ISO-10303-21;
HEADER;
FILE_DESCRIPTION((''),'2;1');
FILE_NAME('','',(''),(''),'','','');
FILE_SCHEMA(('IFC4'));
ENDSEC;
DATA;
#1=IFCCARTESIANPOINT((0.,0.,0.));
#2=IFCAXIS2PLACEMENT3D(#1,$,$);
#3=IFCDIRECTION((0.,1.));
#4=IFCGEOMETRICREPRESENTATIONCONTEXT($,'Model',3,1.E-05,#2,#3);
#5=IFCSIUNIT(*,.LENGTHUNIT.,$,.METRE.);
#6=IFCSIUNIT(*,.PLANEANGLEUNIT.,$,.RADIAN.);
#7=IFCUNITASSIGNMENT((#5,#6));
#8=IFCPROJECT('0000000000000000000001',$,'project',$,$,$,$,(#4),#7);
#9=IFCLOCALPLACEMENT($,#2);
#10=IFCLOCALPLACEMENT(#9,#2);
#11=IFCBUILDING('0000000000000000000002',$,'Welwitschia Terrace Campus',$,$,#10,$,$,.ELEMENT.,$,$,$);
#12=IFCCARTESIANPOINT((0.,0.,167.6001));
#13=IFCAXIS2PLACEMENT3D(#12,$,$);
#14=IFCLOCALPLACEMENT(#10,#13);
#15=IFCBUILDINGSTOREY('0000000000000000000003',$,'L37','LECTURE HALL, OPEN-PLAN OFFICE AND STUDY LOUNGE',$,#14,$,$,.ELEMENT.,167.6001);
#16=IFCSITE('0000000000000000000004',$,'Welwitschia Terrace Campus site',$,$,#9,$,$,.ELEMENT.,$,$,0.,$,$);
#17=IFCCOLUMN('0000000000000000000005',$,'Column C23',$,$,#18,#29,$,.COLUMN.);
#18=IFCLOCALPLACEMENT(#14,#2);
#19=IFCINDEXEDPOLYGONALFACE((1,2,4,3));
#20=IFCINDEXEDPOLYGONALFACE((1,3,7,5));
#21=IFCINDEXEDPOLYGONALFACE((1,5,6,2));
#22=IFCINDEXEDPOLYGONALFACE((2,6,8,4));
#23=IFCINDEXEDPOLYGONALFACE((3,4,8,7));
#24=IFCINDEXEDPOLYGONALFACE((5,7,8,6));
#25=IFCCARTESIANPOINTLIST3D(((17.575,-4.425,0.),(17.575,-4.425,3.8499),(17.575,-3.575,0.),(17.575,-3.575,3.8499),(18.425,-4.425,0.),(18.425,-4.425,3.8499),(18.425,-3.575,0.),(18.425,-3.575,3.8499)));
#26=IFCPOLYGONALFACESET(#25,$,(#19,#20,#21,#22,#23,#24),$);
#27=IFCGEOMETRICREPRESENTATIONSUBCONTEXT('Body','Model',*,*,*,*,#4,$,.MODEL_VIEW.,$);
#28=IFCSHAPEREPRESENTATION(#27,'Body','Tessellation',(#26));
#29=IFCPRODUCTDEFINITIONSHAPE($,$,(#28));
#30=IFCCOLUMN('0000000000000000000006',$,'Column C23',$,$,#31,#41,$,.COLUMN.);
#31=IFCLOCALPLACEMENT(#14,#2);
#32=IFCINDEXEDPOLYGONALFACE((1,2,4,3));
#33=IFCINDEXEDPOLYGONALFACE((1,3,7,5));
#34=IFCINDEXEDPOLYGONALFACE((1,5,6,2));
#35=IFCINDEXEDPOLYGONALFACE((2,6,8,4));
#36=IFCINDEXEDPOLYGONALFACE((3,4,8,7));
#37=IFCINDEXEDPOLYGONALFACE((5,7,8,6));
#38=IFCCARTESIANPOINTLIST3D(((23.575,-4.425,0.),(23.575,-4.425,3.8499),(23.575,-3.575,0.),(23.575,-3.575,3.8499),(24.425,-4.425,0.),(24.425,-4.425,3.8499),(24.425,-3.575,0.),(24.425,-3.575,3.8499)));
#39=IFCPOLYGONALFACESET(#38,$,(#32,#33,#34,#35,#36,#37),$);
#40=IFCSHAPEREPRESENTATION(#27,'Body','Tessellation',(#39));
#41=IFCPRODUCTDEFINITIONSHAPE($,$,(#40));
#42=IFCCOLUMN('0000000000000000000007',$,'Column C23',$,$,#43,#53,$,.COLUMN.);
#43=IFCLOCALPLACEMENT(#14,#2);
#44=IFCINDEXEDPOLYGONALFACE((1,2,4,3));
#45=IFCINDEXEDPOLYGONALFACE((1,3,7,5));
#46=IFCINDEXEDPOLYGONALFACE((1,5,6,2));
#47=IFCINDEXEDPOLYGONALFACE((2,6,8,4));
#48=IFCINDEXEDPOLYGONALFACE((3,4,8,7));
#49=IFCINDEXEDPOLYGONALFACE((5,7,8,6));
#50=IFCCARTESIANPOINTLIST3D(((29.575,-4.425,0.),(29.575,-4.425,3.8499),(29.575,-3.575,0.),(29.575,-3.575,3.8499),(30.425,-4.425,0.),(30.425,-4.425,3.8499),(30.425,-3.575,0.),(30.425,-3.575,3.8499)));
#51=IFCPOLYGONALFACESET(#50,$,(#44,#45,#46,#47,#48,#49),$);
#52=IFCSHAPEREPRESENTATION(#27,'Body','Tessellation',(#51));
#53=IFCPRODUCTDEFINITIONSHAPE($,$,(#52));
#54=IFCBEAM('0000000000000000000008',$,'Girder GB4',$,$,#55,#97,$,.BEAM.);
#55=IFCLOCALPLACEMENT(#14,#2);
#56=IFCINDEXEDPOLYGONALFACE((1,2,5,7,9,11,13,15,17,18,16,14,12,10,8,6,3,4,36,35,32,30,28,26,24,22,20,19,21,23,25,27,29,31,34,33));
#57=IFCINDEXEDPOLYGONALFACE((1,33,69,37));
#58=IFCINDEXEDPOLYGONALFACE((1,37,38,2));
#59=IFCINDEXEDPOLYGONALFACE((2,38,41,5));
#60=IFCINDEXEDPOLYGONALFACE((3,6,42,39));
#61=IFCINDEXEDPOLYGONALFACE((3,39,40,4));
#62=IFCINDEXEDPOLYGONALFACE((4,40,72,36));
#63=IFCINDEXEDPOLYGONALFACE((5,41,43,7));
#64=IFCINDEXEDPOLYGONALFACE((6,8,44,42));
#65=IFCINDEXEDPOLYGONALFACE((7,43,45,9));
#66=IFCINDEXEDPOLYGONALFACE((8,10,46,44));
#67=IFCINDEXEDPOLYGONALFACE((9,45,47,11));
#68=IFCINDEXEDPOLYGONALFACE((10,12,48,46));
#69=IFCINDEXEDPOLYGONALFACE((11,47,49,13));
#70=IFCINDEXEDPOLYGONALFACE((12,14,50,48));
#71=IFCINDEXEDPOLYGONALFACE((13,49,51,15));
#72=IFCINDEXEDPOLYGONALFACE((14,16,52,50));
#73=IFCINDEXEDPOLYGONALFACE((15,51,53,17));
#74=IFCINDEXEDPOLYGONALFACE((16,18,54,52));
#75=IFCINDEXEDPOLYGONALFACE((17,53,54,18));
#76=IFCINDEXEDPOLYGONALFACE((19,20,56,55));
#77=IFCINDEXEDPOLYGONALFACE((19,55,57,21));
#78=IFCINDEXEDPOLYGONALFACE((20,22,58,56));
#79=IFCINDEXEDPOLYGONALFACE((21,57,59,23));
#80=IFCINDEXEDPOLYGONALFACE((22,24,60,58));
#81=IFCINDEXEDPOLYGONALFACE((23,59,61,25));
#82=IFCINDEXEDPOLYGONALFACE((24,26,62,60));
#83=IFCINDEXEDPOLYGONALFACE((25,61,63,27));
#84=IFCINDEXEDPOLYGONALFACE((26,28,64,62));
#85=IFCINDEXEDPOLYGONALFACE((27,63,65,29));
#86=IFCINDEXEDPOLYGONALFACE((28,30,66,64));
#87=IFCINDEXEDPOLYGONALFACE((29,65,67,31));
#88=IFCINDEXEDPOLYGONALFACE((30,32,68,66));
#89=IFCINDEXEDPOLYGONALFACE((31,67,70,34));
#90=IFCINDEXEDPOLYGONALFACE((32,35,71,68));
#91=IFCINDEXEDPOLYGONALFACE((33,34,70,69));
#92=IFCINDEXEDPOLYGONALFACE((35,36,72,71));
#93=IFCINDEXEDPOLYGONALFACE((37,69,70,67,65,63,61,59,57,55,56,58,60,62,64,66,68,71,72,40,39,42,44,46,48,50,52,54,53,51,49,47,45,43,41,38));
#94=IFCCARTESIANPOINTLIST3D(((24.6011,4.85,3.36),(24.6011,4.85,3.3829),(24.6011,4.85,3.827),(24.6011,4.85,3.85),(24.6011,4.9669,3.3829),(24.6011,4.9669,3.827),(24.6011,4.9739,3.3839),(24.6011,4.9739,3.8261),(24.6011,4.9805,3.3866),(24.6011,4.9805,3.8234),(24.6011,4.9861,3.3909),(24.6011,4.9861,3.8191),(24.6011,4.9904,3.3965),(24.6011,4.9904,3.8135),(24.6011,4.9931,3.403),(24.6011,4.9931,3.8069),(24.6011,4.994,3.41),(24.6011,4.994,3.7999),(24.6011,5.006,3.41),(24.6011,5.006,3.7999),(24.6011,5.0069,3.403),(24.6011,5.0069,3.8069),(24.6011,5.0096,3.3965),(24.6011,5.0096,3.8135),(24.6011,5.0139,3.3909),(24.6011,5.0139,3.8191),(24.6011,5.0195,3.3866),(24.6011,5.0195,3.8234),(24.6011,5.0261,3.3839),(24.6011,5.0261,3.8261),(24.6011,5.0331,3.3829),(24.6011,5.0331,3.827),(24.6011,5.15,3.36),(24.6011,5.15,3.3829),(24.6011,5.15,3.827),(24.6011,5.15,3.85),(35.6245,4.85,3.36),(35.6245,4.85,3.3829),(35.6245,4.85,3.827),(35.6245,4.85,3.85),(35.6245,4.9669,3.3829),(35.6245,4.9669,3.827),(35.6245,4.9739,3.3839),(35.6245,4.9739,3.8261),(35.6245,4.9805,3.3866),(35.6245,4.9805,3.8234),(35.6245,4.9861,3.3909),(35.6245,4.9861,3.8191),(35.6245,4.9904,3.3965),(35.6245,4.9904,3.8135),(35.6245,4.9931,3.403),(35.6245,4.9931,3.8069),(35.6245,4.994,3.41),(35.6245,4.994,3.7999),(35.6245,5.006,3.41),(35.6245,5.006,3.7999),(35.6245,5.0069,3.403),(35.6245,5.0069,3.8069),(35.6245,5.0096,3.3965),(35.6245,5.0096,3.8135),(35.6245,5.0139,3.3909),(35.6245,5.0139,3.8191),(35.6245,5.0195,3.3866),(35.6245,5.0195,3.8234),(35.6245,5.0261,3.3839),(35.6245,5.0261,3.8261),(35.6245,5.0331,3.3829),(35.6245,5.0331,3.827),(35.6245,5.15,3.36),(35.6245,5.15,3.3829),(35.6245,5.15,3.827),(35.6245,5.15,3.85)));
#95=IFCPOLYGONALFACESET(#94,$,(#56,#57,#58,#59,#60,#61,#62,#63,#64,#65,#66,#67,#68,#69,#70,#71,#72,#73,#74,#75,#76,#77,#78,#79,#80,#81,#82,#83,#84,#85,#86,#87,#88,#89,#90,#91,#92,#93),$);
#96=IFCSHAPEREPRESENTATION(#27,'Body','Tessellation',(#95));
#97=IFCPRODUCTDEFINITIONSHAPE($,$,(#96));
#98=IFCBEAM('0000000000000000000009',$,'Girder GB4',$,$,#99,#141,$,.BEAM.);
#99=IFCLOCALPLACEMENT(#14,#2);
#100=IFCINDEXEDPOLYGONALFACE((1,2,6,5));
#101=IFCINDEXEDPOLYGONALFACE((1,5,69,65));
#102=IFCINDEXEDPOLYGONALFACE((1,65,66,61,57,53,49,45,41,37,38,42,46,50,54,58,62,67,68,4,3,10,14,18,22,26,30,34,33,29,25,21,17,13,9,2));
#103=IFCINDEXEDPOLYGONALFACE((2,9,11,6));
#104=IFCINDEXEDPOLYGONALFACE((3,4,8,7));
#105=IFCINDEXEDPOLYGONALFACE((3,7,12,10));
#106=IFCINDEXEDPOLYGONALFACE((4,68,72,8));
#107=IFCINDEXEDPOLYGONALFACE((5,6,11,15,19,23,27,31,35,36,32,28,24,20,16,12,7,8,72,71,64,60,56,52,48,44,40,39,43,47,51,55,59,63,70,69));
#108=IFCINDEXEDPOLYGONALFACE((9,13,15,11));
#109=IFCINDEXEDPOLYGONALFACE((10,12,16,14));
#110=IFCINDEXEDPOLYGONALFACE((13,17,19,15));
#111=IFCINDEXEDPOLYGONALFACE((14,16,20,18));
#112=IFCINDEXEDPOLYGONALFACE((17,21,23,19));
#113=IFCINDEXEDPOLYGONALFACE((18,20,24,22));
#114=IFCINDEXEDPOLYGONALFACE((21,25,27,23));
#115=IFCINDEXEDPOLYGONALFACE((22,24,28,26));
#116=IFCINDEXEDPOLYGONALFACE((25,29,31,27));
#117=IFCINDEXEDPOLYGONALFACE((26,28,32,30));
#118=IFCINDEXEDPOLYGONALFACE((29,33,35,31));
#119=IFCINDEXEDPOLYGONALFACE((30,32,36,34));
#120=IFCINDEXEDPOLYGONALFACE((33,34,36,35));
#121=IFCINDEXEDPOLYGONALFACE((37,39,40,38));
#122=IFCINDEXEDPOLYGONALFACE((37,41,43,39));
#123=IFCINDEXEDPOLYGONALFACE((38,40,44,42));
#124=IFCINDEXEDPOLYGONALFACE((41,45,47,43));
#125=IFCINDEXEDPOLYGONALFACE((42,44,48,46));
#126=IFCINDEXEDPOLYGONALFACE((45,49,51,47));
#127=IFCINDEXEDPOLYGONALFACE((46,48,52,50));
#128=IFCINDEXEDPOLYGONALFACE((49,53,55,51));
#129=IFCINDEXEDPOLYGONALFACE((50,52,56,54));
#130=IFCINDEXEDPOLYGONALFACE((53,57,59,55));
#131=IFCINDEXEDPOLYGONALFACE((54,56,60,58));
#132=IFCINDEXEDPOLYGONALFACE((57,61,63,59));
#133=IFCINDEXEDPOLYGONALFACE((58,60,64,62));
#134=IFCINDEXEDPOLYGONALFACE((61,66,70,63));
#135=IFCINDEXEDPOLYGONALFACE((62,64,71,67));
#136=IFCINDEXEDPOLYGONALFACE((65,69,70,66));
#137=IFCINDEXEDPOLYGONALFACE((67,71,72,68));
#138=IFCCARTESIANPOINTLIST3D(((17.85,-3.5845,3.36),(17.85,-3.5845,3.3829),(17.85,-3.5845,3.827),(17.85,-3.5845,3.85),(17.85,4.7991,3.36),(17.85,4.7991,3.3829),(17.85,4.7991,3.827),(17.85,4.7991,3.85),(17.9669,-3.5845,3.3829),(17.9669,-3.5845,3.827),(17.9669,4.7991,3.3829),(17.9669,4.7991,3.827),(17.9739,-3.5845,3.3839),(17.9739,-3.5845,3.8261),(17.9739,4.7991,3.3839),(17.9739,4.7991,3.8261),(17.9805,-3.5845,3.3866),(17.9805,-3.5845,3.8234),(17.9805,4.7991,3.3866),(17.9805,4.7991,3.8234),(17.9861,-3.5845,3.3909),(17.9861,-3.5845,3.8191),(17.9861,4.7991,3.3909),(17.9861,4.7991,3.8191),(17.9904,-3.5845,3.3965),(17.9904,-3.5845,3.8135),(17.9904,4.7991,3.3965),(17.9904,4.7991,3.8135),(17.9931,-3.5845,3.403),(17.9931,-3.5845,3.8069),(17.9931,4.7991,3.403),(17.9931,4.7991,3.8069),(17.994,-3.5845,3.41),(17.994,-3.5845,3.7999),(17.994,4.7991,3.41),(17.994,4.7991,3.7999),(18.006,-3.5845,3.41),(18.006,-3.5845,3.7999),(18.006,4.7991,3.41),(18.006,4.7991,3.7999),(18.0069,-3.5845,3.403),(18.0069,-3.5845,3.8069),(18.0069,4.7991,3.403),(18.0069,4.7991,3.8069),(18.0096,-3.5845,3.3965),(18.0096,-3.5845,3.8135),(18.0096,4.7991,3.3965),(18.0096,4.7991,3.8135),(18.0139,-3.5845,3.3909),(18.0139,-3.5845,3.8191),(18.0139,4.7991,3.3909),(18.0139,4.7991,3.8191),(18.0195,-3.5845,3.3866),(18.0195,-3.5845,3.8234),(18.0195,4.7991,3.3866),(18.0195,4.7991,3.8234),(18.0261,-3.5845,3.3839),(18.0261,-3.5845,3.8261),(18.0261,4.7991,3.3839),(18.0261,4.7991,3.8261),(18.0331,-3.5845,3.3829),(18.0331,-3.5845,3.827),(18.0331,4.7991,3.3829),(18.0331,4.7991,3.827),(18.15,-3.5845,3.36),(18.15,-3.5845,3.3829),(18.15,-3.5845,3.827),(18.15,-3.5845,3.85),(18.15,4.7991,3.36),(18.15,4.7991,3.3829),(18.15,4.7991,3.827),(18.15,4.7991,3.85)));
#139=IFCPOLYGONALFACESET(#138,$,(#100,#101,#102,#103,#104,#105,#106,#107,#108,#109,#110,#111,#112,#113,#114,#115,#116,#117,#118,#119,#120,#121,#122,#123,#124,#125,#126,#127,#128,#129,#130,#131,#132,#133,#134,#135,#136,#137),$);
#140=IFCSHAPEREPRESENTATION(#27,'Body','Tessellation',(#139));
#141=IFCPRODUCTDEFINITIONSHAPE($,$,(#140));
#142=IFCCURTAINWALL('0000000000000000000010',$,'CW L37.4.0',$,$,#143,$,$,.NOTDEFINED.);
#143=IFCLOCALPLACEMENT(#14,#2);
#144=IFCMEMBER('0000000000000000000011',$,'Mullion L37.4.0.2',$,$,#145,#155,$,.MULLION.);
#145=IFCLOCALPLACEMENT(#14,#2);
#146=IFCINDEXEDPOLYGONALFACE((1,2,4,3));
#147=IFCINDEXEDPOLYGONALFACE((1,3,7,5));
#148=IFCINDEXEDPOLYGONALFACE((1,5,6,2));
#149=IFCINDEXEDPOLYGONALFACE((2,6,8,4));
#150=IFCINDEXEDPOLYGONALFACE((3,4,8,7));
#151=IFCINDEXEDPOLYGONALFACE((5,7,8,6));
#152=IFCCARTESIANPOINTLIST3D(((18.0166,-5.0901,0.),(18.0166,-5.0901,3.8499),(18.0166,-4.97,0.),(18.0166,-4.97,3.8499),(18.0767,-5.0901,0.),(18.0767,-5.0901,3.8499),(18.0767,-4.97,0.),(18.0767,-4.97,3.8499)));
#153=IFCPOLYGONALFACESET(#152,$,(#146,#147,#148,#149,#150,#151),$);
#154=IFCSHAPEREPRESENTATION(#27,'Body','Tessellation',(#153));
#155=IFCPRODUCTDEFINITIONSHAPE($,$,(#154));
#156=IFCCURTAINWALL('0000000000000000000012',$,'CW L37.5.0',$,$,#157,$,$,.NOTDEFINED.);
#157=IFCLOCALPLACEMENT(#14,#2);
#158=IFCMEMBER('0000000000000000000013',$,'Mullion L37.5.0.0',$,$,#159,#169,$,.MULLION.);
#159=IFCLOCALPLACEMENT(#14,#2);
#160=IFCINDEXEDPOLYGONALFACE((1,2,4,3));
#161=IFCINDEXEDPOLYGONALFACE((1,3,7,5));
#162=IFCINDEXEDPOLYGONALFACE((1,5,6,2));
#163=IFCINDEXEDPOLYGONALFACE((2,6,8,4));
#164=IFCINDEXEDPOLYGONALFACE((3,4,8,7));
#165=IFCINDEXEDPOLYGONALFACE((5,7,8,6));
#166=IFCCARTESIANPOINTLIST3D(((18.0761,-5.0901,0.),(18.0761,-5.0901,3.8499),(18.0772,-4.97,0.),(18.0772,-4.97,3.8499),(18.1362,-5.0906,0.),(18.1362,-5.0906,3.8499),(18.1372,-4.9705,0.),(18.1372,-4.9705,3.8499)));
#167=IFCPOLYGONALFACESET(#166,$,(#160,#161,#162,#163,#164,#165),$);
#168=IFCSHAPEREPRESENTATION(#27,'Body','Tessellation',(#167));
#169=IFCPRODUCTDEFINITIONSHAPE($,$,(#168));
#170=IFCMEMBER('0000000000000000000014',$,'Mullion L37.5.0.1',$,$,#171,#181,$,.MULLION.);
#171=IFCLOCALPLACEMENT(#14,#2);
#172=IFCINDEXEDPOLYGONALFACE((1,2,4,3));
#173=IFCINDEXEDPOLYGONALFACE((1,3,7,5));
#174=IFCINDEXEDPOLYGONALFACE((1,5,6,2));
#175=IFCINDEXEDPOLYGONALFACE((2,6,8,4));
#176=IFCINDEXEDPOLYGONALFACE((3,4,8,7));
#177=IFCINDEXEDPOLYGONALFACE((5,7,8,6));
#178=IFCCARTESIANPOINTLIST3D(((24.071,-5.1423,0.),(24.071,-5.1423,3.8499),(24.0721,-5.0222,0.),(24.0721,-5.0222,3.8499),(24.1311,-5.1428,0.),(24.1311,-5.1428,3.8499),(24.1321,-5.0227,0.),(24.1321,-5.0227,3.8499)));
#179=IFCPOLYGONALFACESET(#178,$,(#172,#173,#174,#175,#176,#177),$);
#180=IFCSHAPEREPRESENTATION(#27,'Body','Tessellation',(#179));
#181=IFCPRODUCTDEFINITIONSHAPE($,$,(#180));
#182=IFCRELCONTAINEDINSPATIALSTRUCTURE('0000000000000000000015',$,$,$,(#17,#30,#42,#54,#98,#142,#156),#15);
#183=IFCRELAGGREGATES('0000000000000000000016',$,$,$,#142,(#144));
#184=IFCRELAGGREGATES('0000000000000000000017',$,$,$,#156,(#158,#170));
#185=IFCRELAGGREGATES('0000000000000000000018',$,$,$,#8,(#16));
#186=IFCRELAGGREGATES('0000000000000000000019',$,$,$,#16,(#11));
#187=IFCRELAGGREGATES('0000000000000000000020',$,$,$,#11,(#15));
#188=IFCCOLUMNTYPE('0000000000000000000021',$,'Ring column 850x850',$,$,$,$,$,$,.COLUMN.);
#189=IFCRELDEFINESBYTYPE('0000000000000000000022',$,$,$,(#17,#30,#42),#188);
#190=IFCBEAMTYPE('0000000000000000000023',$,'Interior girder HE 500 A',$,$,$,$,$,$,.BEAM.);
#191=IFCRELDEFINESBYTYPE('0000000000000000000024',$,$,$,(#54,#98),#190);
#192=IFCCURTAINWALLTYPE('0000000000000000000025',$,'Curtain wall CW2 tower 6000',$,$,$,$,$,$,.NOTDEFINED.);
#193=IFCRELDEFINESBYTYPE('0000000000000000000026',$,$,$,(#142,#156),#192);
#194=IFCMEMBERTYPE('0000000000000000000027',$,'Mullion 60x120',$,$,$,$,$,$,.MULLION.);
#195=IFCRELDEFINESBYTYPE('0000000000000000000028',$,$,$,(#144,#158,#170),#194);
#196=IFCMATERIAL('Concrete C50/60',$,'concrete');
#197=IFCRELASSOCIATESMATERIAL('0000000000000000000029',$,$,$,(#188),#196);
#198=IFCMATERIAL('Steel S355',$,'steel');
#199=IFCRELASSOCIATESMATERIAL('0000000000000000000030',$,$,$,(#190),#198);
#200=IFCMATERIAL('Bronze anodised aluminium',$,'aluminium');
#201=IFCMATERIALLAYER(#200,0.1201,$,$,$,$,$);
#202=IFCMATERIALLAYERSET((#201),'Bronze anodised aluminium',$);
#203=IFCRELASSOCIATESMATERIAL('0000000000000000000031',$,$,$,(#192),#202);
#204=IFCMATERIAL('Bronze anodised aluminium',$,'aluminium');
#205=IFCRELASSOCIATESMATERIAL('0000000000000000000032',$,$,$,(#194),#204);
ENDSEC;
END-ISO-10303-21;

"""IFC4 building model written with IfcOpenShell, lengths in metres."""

from ifc_helpers import new_model, si_unit, direction, frame, origin, origin_2d, place, context, subcontext, project, spatial, rectangle, i_section, extrude, material, layer, layer_set, material_profile, profile_set, type_object, element, aggregate, save


model = new_model("IFC4")

# Units and contexts
model_context = context("Model", 3, precision=1e-05, world=origin(), true_north=direction((0.0, 1.0)))
body_context = subcontext(model_context, "Body", "Model", "MODEL_VIEW")
ifc_project = project(units=[si_unit("LENGTHUNIT", "METRE"), si_unit("PLANEANGLEUNIT", "RADIAN")], contexts=[model_context])

# Site, building, storey
site_placement = place(None, origin())
site = spatial("IfcSite", under=ifc_project, at=site_placement, Name="Welwitschia Terrace Campus site", CompositionType="ELEMENT", RefElevation=0.0)
building_placement = place(site_placement, origin())
building = spatial("IfcBuilding", under=site, at=building_placement, Name="Welwitschia Terrace Campus", CompositionType="ELEMENT")
storey_placement = place(building_placement, frame((0.0, 0.0, 167.6001)))
storey = spatial("IfcBuildingStorey", under=building, at=storey_placement, Name="L37", Description="LECTURE HALL, OPEN-PLAN OFFICE AND STUDY LOUNGE", CompositionType="ELEMENT", Elevation=167.6001)

# Columns
ifc_material_1 = material(Name="Concrete C50/60", Category="concrete")
ifc_material_profile_1 = material_profile(ifc_material_1, rectangle(XDim=0.8501, YDim=0.8501, at=origin_2d()))
ifc_profile_set_1 = profile_set([ifc_material_profile_1], Name="Concrete C50/60")
column_type = type_object("IfcColumnType", Name="Ring column 850x850", PredefinedType="COLUMN", material=ifc_profile_set_1)
for number, where, z_axis, x_axis, name in (
    (1, (18.0, -4.0, 0.0), (0.0, 0.0, 1.0), (1.0, 0.0, 0.0), "Column C23"),
    (2, (24.0, -4.0, 0.0), (0.0, 0.0, 1.0), (1.0, 0.0, 0.0), "Column C23"),
    (3, (30.0, -4.0, 0.0), (0.0, 0.0, 1.0), (1.0, 0.0, 0.0), "Column C23"),
):
    element("IfcColumn", number, at=place(storey_placement, frame(where, z_axis=z_axis, x_axis=x_axis)), inside=storey, type_object=column_type, Name=name, PredefinedType="COLUMN", context=body_context, shape_type="SweptSolid", body=[
        extrude(rectangle(XDim=0.8501, YDim=0.8501, at=origin_2d()), origin(), (0.0, 0.0, 1.0), 3.8499),
    ])

# Beams
ifc_material_2 = material(Name="Steel S355", Category="steel")
ifc_material_profile_2 = material_profile(ifc_material_2, i_section(OverallWidth=0.3, OverallDepth=0.49, WebThickness=0.012, FlangeThickness=0.0229, FilletRadius=0.0271, at=origin_2d()))
ifc_profile_set_2 = profile_set([ifc_material_profile_2], Name="Steel S355")
beam_type_1 = type_object("IfcBeamType", Name="Interior girder HE 500 A", PredefinedType="BEAM", material=ifc_profile_set_2)
beam_1_placement = place(storey_placement, frame((24.6011, 5.0, 3.605), z_axis=(1.0, 0.0, 0.0), x_axis=(0.0, 1.0, 0.0)))
element("IfcBeam", 4, at=beam_1_placement, inside=storey, type_object=beam_type_1, Name="Girder GB4", PredefinedType="BEAM", context=body_context, shape_type="SweptSolid", body=[
    extrude(i_section(OverallWidth=0.3, OverallDepth=0.49, WebThickness=0.012, FlangeThickness=0.0229, FilletRadius=0.0271, at=origin_2d()), origin(), (0.0, 0.0, 1.0), 11.0234),
])
beam_2_placement = place(storey_placement, frame((18.0, -3.5845, 3.605), z_axis=(0.0, 1.0, 0.0), x_axis=(-1.0, 0.0, 0.0)))
element("IfcBeam", 5, at=beam_2_placement, inside=storey, type_object=beam_type_1, Name="Girder GB4", PredefinedType="BEAM", context=body_context, shape_type="SweptSolid", body=[
    extrude(i_section(OverallWidth=0.3, OverallDepth=0.49, WebThickness=0.012, FlangeThickness=0.0229, FilletRadius=0.0271, at=origin_2d()), origin(), (0.0, 0.0, 1.0), 8.3835),
])

# Curtain wall, member
ifc_material_3 = material(Name="Bronze anodised aluminium", Category="aluminium")
ifc_layer_1 = layer(ifc_material_3, 0.1201)
ifc_layer_set_1 = layer_set([ifc_layer_1], Name="Bronze anodised aluminium")
curtain_wall_type = type_object("IfcCurtainWallType", Name="Curtain wall CW2 tower 6000", PredefinedType="NOTDEFINED", material=ifc_layer_set_1)
curtain_wall_1_placement = place(storey_placement, origin())
curtain_wall_1 = element("IfcCurtainWall", 6, at=curtain_wall_1_placement, inside=storey, type_object=curtain_wall_type, Name="CW L37.4.0", PredefinedType="NOTDEFINED")
ifc_material_4 = material(Name="Bronze anodised aluminium", Category="aluminium")
ifc_material_profile_3 = material_profile(ifc_material_4, rectangle(XDim=0.1201, YDim=0.0601, at=origin_2d()))
ifc_profile_set_3 = profile_set([ifc_material_profile_3], Name="Bronze anodised aluminium")
member_type_1 = type_object("IfcMemberType", Name="Mullion 60x120", PredefinedType="MULLION", material=ifc_profile_set_3)
member_1_placement = place(storey_placement, frame((18.0466, -5.03, 0.0), z_axis=(0.0, 0.0, 1.0), x_axis=(0.0, 1.0, 0.0)))
member_1 = element("IfcMember", 7, at=member_1_placement, type_object=member_type_1, Name="Mullion L37.4.0.2", PredefinedType="MULLION", context=body_context, shape_type="SweptSolid", body=[
    extrude(rectangle(XDim=0.1201, YDim=0.0601, at=origin_2d()), origin(), (0.0, 0.0, 1.0), 3.8499),
])

# Curtain wall, members
curtain_wall_2_placement = place(storey_placement, origin())
curtain_wall_2 = element("IfcCurtainWall", 8, at=curtain_wall_2_placement, inside=storey, type_object=curtain_wall_type, Name="CW L37.5.0", PredefinedType="NOTDEFINED")
member_2_placement = place(storey_placement, frame((18.1067, -5.0303, 0.0), z_axis=(0.0, 0.0, 1.0), x_axis=(0.008727, 0.999962, 0.0)))
member_2 = element("IfcMember", 9, at=member_2_placement, type_object=member_type_1, Name="Mullion L37.5.0.0", PredefinedType="MULLION", context=body_context, shape_type="SweptSolid", body=[
    extrude(rectangle(XDim=0.1201, YDim=0.0601, at=origin_2d()), origin(), (0.0, 0.0, 1.0), 3.8499),
])
member_3_placement = place(storey_placement, frame((24.1016, -5.0825, 0.0), z_axis=(0.0, 0.0, 1.0), x_axis=(0.008727, 0.999962, 0.0)))
member_3 = element("IfcMember", 10, at=member_3_placement, type_object=member_type_1, Name="Mullion L37.5.0.1", PredefinedType="MULLION", context=body_context, shape_type="SweptSolid", body=[
    extrude(rectangle(XDim=0.1201, YDim=0.0601, at=origin_2d()), origin(), (0.0, 0.0, 1.0), 3.8499),
])

aggregate(curtain_wall_1, [member_1])
aggregate(curtain_wall_2, [member_2, member_3])

save(model, "model.ifc")
